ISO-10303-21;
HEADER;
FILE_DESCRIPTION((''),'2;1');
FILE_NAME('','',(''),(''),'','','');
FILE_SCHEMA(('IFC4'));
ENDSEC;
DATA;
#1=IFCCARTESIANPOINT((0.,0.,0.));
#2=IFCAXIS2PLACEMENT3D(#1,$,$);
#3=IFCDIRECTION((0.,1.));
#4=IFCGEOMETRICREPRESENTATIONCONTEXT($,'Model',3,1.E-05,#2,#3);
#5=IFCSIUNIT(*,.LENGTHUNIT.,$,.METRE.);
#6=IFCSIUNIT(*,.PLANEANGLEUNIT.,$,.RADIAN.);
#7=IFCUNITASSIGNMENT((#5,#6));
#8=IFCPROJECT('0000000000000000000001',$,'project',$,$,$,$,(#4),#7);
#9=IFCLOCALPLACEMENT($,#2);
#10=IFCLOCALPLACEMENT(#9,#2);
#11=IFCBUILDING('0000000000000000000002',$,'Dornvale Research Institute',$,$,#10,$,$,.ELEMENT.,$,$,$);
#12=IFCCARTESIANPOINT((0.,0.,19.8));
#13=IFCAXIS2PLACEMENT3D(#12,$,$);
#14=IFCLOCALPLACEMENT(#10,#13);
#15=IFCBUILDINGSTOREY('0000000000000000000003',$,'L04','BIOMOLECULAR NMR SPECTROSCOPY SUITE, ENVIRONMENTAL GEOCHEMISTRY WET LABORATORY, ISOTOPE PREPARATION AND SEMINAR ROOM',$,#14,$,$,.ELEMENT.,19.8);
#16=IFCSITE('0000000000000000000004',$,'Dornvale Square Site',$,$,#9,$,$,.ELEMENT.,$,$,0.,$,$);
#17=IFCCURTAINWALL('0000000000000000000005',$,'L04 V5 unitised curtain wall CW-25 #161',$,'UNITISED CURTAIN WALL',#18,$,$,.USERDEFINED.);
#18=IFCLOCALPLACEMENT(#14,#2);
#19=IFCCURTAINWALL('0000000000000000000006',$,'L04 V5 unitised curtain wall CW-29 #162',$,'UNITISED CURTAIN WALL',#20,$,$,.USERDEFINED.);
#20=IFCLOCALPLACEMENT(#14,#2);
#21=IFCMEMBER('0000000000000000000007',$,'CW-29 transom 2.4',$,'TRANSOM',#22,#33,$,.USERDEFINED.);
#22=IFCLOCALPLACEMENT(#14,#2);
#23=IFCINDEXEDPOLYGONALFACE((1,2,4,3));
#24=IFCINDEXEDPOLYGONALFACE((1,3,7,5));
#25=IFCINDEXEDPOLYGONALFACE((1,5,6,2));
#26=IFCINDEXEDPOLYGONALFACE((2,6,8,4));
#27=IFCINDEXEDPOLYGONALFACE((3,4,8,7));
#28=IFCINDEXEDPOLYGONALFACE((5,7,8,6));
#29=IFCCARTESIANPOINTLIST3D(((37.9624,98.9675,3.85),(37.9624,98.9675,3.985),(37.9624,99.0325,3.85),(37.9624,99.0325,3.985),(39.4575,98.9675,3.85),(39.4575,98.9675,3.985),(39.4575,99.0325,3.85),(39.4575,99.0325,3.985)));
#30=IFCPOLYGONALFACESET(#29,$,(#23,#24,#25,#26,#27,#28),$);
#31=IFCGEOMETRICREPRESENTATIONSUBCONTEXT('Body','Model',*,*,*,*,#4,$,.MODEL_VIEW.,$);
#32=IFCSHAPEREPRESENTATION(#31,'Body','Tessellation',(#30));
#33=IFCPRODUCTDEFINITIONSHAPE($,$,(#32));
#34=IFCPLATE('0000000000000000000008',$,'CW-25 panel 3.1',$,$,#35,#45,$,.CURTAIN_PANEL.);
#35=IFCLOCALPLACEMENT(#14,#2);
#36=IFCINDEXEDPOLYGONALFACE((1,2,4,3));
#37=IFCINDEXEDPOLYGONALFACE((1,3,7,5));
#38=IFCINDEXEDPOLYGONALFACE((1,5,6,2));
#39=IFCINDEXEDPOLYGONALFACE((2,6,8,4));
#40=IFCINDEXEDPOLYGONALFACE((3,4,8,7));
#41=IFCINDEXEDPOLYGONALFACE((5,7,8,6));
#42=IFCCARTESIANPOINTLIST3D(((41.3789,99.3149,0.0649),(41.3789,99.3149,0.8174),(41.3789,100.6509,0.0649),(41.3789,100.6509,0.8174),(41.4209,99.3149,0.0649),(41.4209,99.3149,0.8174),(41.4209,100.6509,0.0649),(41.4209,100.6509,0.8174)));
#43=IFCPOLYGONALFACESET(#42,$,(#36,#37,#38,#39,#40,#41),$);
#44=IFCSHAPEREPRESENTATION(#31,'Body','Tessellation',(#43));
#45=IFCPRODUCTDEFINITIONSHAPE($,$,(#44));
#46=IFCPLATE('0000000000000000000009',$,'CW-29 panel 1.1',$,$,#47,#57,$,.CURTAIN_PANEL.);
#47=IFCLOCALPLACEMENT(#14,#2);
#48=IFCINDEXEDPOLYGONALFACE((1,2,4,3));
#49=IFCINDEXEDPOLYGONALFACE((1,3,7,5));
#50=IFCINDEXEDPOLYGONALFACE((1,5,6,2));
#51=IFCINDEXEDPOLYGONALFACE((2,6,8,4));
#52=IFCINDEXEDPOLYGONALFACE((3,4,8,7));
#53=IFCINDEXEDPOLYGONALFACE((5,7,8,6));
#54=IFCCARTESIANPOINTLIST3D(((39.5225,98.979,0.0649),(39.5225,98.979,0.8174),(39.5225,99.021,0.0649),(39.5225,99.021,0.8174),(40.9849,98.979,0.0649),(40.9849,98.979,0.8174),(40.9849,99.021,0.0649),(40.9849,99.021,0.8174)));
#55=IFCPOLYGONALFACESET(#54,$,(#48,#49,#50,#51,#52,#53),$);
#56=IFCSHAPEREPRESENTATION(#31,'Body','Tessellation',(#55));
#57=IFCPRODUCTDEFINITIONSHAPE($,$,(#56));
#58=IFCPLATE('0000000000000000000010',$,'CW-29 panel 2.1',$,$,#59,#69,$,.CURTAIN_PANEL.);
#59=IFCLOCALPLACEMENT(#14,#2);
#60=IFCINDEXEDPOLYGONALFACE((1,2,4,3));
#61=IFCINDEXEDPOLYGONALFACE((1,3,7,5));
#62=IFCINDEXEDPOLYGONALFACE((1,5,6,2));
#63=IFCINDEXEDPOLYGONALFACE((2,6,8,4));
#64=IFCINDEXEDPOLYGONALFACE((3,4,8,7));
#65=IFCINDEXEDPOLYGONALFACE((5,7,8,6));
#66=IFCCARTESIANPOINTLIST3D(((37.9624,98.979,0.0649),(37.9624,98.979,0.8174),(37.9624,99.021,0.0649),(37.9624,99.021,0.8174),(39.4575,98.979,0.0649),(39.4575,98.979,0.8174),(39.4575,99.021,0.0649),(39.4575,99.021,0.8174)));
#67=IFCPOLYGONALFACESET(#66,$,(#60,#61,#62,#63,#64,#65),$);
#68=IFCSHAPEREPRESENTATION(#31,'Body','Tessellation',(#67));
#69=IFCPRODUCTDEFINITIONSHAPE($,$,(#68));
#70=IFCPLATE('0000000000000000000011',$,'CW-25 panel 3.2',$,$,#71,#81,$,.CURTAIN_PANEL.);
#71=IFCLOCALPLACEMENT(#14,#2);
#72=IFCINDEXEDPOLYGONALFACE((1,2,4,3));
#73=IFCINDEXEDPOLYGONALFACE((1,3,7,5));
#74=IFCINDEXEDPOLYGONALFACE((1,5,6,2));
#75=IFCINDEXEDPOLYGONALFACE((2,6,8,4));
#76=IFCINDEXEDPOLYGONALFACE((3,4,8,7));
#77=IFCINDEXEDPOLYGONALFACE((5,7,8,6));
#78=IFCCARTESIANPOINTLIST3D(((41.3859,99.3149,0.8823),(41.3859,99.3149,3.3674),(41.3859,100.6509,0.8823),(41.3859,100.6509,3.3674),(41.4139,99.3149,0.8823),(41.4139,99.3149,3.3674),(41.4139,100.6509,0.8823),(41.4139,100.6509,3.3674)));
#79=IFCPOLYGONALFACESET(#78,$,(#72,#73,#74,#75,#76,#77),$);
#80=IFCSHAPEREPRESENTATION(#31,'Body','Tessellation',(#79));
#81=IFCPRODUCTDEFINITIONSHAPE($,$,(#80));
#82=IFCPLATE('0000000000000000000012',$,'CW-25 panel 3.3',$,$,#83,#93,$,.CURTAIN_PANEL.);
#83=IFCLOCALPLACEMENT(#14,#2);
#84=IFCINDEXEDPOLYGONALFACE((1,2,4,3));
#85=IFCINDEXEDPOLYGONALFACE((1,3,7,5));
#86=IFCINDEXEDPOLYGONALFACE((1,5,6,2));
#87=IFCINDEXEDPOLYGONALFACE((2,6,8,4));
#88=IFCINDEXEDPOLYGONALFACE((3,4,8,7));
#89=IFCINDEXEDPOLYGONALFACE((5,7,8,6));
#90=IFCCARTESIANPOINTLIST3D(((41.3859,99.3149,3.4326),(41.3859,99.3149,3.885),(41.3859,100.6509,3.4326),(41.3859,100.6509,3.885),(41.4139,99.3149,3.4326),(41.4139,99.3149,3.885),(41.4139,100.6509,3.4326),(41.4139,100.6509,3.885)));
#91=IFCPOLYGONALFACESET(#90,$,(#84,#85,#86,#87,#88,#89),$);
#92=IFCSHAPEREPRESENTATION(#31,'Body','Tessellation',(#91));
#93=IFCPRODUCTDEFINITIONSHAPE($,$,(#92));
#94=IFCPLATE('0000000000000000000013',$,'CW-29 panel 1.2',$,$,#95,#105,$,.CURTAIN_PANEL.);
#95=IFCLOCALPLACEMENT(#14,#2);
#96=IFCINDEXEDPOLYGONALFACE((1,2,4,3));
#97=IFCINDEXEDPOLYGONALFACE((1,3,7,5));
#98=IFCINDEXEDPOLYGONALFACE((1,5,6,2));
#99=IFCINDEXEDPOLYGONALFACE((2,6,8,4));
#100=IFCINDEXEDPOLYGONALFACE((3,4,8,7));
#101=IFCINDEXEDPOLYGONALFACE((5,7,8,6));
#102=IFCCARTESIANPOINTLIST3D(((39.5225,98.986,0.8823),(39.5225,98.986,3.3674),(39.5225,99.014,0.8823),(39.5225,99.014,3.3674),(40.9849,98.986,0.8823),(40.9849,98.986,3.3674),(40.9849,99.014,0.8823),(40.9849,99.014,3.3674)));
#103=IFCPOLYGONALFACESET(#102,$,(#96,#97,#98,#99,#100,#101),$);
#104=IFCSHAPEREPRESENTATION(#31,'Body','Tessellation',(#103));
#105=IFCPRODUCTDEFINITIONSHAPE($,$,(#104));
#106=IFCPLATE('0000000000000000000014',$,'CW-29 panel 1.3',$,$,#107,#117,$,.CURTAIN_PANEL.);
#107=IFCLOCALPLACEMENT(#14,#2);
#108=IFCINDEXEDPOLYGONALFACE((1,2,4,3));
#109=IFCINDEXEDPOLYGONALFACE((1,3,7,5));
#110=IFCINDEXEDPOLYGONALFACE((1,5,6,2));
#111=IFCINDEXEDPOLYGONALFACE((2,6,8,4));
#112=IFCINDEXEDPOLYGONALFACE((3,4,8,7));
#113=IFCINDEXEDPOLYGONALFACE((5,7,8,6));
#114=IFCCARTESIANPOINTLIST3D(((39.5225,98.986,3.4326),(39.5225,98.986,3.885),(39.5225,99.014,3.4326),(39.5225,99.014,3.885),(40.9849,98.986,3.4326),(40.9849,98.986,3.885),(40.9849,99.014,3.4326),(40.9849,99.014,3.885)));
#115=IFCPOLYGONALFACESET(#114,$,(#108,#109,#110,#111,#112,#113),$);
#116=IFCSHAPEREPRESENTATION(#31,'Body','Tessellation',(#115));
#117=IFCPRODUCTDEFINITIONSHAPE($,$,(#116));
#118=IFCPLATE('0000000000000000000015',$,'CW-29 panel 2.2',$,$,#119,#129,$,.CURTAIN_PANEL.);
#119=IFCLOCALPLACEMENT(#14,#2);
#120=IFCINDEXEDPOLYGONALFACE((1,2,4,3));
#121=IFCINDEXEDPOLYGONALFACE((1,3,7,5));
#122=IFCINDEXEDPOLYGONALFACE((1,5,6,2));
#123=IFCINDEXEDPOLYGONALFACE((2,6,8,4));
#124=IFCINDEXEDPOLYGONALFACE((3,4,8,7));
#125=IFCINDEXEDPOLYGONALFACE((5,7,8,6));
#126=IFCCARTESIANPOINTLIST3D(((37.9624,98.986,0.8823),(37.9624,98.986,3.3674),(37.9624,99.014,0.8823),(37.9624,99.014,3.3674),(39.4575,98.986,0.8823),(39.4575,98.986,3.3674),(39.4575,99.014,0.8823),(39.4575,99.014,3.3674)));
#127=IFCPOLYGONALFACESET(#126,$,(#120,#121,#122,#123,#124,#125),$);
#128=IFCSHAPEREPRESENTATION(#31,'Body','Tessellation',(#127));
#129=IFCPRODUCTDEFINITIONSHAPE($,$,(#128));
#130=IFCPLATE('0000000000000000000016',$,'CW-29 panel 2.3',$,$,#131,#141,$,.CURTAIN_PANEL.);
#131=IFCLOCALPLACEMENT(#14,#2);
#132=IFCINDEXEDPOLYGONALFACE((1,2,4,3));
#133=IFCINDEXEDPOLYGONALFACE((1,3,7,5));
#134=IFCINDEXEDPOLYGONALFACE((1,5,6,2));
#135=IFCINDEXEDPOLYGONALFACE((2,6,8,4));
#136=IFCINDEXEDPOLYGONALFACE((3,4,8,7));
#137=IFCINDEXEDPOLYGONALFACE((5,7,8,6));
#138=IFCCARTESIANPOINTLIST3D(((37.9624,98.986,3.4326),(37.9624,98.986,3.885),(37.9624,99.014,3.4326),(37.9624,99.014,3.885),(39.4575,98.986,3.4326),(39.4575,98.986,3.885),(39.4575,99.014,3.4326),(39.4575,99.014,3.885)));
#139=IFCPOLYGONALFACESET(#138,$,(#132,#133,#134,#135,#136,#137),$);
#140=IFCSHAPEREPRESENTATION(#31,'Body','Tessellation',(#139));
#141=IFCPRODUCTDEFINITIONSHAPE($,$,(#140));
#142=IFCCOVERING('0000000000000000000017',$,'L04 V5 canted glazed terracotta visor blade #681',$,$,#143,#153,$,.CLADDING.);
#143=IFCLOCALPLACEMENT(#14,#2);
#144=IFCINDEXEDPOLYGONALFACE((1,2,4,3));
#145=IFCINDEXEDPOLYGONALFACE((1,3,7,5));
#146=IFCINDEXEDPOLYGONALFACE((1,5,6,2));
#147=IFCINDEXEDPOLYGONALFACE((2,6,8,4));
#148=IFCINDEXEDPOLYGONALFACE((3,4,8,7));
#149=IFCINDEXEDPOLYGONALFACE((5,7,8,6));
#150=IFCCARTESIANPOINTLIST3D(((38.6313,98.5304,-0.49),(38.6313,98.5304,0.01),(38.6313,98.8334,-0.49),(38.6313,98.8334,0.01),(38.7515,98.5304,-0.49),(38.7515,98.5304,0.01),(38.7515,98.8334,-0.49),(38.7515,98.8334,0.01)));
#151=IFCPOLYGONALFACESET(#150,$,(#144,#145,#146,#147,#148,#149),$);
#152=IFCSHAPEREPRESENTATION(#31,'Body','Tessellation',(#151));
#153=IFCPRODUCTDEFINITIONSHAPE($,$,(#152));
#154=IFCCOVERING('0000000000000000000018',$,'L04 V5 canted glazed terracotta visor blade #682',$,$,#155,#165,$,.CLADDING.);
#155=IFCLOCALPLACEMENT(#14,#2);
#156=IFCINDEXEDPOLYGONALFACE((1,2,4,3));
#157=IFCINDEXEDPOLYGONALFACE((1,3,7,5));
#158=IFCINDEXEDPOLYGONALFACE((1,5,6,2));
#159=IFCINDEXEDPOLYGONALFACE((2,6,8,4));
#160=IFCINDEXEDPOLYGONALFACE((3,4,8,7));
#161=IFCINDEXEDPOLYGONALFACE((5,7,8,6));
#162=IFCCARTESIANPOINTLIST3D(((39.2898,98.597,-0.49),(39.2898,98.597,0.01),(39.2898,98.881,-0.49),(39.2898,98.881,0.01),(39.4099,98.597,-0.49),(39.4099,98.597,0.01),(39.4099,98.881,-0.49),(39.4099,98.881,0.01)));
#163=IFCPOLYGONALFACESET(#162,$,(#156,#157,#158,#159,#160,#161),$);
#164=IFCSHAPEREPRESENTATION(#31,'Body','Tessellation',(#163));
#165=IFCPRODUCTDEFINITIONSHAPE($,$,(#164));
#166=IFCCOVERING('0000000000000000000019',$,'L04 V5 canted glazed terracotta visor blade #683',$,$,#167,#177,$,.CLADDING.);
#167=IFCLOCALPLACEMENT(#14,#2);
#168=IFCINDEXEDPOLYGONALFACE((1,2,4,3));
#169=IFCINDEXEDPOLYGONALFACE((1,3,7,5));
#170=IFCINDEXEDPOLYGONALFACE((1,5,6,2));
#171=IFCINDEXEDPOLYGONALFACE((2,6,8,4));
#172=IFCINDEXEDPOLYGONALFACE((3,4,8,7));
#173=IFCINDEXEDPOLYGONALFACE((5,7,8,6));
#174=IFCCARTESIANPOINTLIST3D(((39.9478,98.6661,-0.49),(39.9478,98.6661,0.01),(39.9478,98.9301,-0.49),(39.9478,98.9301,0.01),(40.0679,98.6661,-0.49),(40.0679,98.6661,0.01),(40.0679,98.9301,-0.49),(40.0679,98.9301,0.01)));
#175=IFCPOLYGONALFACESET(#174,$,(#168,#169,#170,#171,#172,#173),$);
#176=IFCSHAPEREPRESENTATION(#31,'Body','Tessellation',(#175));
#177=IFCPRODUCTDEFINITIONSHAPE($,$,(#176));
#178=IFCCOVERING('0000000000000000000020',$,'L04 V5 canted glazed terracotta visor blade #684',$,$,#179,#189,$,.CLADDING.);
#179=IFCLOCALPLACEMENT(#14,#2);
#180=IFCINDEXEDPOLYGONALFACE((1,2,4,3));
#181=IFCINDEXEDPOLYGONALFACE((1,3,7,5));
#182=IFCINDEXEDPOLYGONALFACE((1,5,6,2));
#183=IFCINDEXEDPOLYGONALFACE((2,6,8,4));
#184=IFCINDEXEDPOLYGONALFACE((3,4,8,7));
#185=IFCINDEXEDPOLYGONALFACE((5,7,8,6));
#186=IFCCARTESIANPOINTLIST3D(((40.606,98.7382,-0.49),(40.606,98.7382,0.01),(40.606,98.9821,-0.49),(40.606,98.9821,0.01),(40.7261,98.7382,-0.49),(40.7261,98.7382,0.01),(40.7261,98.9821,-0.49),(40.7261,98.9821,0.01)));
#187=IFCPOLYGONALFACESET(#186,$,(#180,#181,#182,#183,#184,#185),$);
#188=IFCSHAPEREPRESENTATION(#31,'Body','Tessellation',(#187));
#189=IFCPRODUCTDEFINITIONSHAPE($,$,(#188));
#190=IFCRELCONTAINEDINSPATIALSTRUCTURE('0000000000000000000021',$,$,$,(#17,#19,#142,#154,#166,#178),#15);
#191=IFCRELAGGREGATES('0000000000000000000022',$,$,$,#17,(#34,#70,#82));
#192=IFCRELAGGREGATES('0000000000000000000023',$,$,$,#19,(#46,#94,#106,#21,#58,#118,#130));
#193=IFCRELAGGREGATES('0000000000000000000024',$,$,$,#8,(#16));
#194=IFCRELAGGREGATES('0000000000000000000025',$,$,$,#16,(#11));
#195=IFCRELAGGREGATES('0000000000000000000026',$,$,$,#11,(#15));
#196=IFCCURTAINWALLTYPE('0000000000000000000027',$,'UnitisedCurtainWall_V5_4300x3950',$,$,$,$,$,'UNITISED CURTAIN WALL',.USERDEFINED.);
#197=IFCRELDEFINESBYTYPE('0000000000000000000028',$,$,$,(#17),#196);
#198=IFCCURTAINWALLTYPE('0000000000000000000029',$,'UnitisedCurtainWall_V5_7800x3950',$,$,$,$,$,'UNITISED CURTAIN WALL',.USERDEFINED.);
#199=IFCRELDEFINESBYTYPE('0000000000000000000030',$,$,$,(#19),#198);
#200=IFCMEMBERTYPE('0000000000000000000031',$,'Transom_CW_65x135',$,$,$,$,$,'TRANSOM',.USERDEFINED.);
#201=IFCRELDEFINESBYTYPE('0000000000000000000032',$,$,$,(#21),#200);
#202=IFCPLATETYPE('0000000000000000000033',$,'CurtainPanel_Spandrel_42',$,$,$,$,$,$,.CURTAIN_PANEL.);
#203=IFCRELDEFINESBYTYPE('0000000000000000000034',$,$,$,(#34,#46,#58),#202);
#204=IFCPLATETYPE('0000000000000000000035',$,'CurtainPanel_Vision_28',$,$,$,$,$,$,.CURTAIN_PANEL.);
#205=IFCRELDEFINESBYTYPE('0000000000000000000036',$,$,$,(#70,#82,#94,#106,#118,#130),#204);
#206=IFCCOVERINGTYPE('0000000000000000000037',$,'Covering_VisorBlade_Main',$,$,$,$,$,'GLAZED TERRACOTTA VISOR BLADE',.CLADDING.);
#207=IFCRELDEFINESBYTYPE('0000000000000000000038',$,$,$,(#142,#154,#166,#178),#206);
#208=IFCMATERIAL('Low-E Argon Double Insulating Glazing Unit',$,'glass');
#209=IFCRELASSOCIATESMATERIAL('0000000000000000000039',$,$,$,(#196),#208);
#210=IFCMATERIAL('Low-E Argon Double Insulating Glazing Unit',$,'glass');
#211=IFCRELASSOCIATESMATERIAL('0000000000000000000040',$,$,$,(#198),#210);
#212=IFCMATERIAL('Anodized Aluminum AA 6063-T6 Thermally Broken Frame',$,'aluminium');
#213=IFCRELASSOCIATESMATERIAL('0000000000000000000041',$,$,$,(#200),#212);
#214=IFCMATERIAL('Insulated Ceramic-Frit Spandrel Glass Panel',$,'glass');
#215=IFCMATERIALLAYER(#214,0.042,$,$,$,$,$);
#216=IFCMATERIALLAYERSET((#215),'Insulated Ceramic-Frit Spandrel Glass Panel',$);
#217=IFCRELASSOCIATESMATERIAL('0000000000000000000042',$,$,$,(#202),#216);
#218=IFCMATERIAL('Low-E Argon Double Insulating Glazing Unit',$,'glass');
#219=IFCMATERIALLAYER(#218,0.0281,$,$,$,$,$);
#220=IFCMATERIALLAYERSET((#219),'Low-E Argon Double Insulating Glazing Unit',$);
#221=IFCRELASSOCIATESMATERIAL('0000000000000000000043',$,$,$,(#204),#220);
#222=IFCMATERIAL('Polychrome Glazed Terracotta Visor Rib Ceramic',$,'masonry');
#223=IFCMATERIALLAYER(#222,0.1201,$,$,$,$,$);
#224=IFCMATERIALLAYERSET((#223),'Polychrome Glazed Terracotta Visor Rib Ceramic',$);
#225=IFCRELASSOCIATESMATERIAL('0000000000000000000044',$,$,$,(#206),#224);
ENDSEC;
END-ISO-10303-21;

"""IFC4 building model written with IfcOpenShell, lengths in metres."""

from ifc_helpers import new_model, si_unit, direction, frame, origin, origin_2d, place, context, subcontext, project, spatial, rectangle, extrude, material, layer, layer_set, material_profile, profile_set, type_object, element, aggregate, save


model = new_model("IFC4")

# Units and contexts
model_context = context("Model", 3, precision=1e-05, world=origin(), true_north=direction((0.0, 1.0)))
body_context = subcontext(model_context, "Body", "Model", "MODEL_VIEW")
ifc_project = project(units=[si_unit("LENGTHUNIT", "METRE"), si_unit("PLANEANGLEUNIT", "RADIAN")], contexts=[model_context])

# Site, building, storey
site_placement = place(None, origin())
site = spatial("IfcSite", under=ifc_project, at=site_placement, Name="Dornvale Square Site", CompositionType="ELEMENT", RefElevation=0.0)
building_placement = place(site_placement, origin())
building = spatial("IfcBuilding", under=site, at=building_placement, Name="Dornvale Research Institute", CompositionType="ELEMENT")
storey_placement = place(building_placement, frame((0.0, 0.0, 19.8)))
storey = spatial("IfcBuildingStorey", under=building, at=storey_placement, Name="L04", Description="BIOMOLECULAR NMR SPECTROSCOPY SUITE, ENVIRONMENTAL GEOCHEMISTRY WET LABORATORY, ISOTOPE PREPARATION AND SEMINAR ROOM", CompositionType="ELEMENT", Elevation=19.8)

# Curtain wall
ifc_material_1 = material(Name="Low-E Argon Double Insulating Glazing Unit", Category="glass")
curtain_wall_type_1 = type_object("IfcCurtainWallType", Name="UnitisedCurtainWall_V5_4300x3950", ElementType="UNITISED CURTAIN WALL", PredefinedType="USERDEFINED", material=ifc_material_1)
curtain_wall_1_placement = place(storey_placement, origin())
curtain_wall_1 = element("IfcCurtainWall", 1, at=curtain_wall_1_placement, inside=storey, type_object=curtain_wall_type_1, Name="L04 V5 unitised curtain wall CW-25 #161", ObjectType="UNITISED CURTAIN WALL", PredefinedType="USERDEFINED")

# Curtain wall
ifc_material_2 = material(Name="Low-E Argon Double Insulating Glazing Unit", Category="glass")
curtain_wall_type_2 = type_object("IfcCurtainWallType", Name="UnitisedCurtainWall_V5_7800x3950", ElementType="UNITISED CURTAIN WALL", PredefinedType="USERDEFINED", material=ifc_material_2)
curtain_wall_2_placement = place(storey_placement, origin())
curtain_wall_2 = element("IfcCurtainWall", 2, at=curtain_wall_2_placement, inside=storey, type_object=curtain_wall_type_2, Name="L04 V5 unitised curtain wall CW-29 #162", ObjectType="UNITISED CURTAIN WALL", PredefinedType="USERDEFINED")

# Member
ifc_material_3 = material(Name="Anodized Aluminum AA 6063-T6 Thermally Broken Frame", Category="aluminium")
ifc_material_profile_1 = material_profile(ifc_material_3, rectangle(XDim=0.0649, YDim=0.135, at=origin_2d()), Name="ALU TRANSOM 65x135")
ifc_profile_set_1 = profile_set([ifc_material_profile_1], Name="Anodized Aluminum AA 6063-T6 Thermally Broken Frame")
member_type_1 = type_object("IfcMemberType", Name="Transom_CW_65x135", ElementType="TRANSOM", PredefinedType="USERDEFINED", material=ifc_profile_set_1)
member_1_placement = place(storey_placement, frame((39.4575, 99.0, 3.9175), z_axis=(-1.0, 0.0, 0.0), x_axis=(0.0, -1.0, 0.0)))
member_1 = element("IfcMember", 3, at=member_1_placement, type_object=member_type_1, Name="CW-29 transom 2.4", ObjectType="TRANSOM", PredefinedType="USERDEFINED", context=body_context, shape_type="SweptSolid", body=[
    extrude(rectangle(XDim=0.0649, YDim=0.135, at=origin_2d()), origin(), (0.0, 0.0, 1.0), 1.4951),
])

# Plates
ifc_material_4 = material(Name="Insulated Ceramic-Frit Spandrel Glass Panel", Category="glass")
ifc_layer_1 = layer(ifc_material_4, 0.042)
ifc_layer_set_1 = layer_set([ifc_layer_1], Name="Insulated Ceramic-Frit Spandrel Glass Panel")
plate_type_1 = type_object("IfcPlateType", Name="CurtainPanel_Spandrel_42", PredefinedType="CURTAIN_PANEL", material=ifc_layer_set_1)
plate_1_placement = place(storey_placement, frame((41.3999, 99.9829, 0.0649), z_axis=(0.0, 0.0, 1.0), x_axis=(0.0, -1.0, 0.0)))
plate_1 = element("IfcPlate", 4, at=plate_1_placement, type_object=plate_type_1, Name="CW-25 panel 3.1", PredefinedType="CURTAIN_PANEL", context=body_context, shape_type="SweptSolid", body=[
    extrude(rectangle(XDim=1.3359, YDim=0.042, at=origin_2d()), origin(), (0.0, 0.0, 1.0), 0.7524),
])
plate_2_placement = place(storey_placement, frame((40.2537, 99.0, 0.0649), z_axis=(0.0, 0.0, 1.0), x_axis=(-1.0, 0.0, 0.0)))
plate_2 = element("IfcPlate", 5, at=plate_2_placement, type_object=plate_type_1, Name="CW-29 panel 1.1", PredefinedType="CURTAIN_PANEL", context=body_context, shape_type="SweptSolid", body=[
    extrude(rectangle(XDim=1.4624, YDim=0.042, at=origin_2d()), origin(), (0.0, 0.0, 1.0), 0.7524),
])
plate_3_placement = place(storey_placement, frame((38.71, 99.0, 0.0649), z_axis=(0.0, 0.0, 1.0), x_axis=(-1.0, 0.0, 0.0)))
plate_3 = element("IfcPlate", 6, at=plate_3_placement, type_object=plate_type_1, Name="CW-29 panel 2.1", PredefinedType="CURTAIN_PANEL", context=body_context, shape_type="SweptSolid", body=[
    extrude(rectangle(XDim=1.4951, YDim=0.042, at=origin_2d()), origin(), (0.0, 0.0, 1.0), 0.7524),
])
ifc_material_5 = material(Name="Low-E Argon Double Insulating Glazing Unit", Category="glass")
ifc_layer_2 = layer(ifc_material_5, 0.0281)
ifc_layer_set_2 = layer_set([ifc_layer_2], Name="Low-E Argon Double Insulating Glazing Unit")
plate_type_2 = type_object("IfcPlateType", Name="CurtainPanel_Vision_28", PredefinedType="CURTAIN_PANEL", material=ifc_layer_set_2)
plate_4_placement = place(storey_placement, frame((41.3999, 99.9829, 0.8823), z_axis=(0.0, 0.0, 1.0), x_axis=(0.0, -1.0, 0.0)))
plate_4 = element("IfcPlate", 7, at=plate_4_placement, type_object=plate_type_2, Name="CW-25 panel 3.2", PredefinedType="CURTAIN_PANEL", context=body_context, shape_type="SweptSolid", body=[
    extrude(rectangle(XDim=1.3359, YDim=0.0281, at=origin_2d()), origin(), (0.0, 0.0, 1.0), 2.4851),
])
plate_5_placement = place(storey_placement, frame((41.3999, 99.9829, 3.4326), z_axis=(0.0, 0.0, 1.0), x_axis=(0.0, -1.0, 0.0)))
plate_5 = element("IfcPlate", 8, at=plate_5_placement, type_object=plate_type_2, Name="CW-25 panel 3.3", PredefinedType="CURTAIN_PANEL", context=body_context, shape_type="SweptSolid", body=[
    extrude(rectangle(XDim=1.3359, YDim=0.0281, at=origin_2d()), origin(), (0.0, 0.0, 1.0), 0.4524),
])
aggregate(curtain_wall_1, [plate_1, plate_4, plate_5])
plate_6_placement = place(storey_placement, frame((40.2537, 99.0, 0.8823), z_axis=(0.0, 0.0, 1.0), x_axis=(-1.0, 0.0, 0.0)))
plate_6 = element("IfcPlate", 9, at=plate_6_placement, type_object=plate_type_2, Name="CW-29 panel 1.2", PredefinedType="CURTAIN_PANEL", context=body_context, shape_type="SweptSolid", body=[
    extrude(rectangle(XDim=1.4624, YDim=0.0281, at=origin_2d()), origin(), (0.0, 0.0, 1.0), 2.4851),
])
plate_7_placement = place(storey_placement, frame((40.2537, 99.0, 3.4326), z_axis=(0.0, 0.0, 1.0), x_axis=(-1.0, 0.0, 0.0)))
plate_7 = element("IfcPlate", 10, at=plate_7_placement, type_object=plate_type_2, Name="CW-29 panel 1.3", PredefinedType="CURTAIN_PANEL", context=body_context, shape_type="SweptSolid", body=[
    extrude(rectangle(XDim=1.4624, YDim=0.0281, at=origin_2d()), origin(), (0.0, 0.0, 1.0), 0.4524),
])
plate_8_placement = place(storey_placement, frame((38.71, 99.0, 0.8823), z_axis=(0.0, 0.0, 1.0), x_axis=(-1.0, 0.0, 0.0)))
plate_8 = element("IfcPlate", 11, at=plate_8_placement, type_object=plate_type_2, Name="CW-29 panel 2.2", PredefinedType="CURTAIN_PANEL", context=body_context, shape_type="SweptSolid", body=[
    extrude(rectangle(XDim=1.4951, YDim=0.0281, at=origin_2d()), origin(), (0.0, 0.0, 1.0), 2.4851),
])
plate_9_placement = place(storey_placement, frame((38.71, 99.0, 3.4326), z_axis=(0.0, 0.0, 1.0), x_axis=(-1.0, 0.0, 0.0)))
plate_9 = element("IfcPlate", 12, at=plate_9_placement, type_object=plate_type_2, Name="CW-29 panel 2.3", PredefinedType="CURTAIN_PANEL", context=body_context, shape_type="SweptSolid", body=[
    extrude(rectangle(XDim=1.4951, YDim=0.0281, at=origin_2d()), origin(), (0.0, 0.0, 1.0), 0.4524),
])
aggregate(curtain_wall_2, [plate_2, plate_6, plate_7, member_1, plate_3, plate_8, plate_9])

# Coverings
ifc_material_6 = material(Name="Polychrome Glazed Terracotta Visor Rib Ceramic", Category="masonry")
ifc_layer_3 = layer(ifc_material_6, 0.1201)
ifc_layer_set_3 = layer_set([ifc_layer_3], Name="Polychrome Glazed Terracotta Visor Rib Ceramic")
covering_type = type_object("IfcCoveringType", Name="Covering_VisorBlade_Main", ElementType="GLAZED TERRACOTTA VISOR BLADE", PredefinedType="CLADDING", material=ifc_layer_set_3)
covering_1_placement = place(storey_placement, frame((38.6914, 98.6819, -0.49), z_axis=(0.0, 0.0, 1.0), x_axis=(0.0, 1.0, 0.0)))
element("IfcCovering", 13, at=covering_1_placement, inside=storey, type_object=covering_type, Name="L04 V5 canted glazed terracotta visor blade #681", PredefinedType="CLADDING", context=body_context, shape_type="SweptSolid", body=[
    extrude(rectangle(XDim=0.303, YDim=0.1201, at=origin_2d()), origin(), (0.0, 0.0, 1.0), 0.5),
])
covering_2_placement = place(storey_placement, frame((39.3499, 98.739, -0.49), z_axis=(0.0, 0.0, 1.0), x_axis=(0.0, 1.0, 0.0)))
element("IfcCovering", 14, at=covering_2_placement, inside=storey, type_object=covering_type, Name="L04 V5 canted glazed terracotta visor blade #682", PredefinedType="CLADDING", context=body_context, shape_type="SweptSolid", body=[
    extrude(rectangle(XDim=0.2839, YDim=0.1201, at=origin_2d()), origin(), (0.0, 0.0, 1.0), 0.5),
])
covering_3_placement = place(storey_placement, frame((40.0078, 98.7981, -0.49), z_axis=(0.0, 0.0, 1.0), x_axis=(0.0, 1.0, 0.0)))
element("IfcCovering", 15, at=covering_3_placement, inside=storey, type_object=covering_type, Name="L04 V5 canted glazed terracotta visor blade #683", PredefinedType="CLADDING", context=body_context, shape_type="SweptSolid", body=[
    extrude(rectangle(XDim=0.2639, YDim=0.1201, at=origin_2d()), origin(), (0.0, 0.0, 1.0), 0.5),
])
covering_4_placement = place(storey_placement, frame((40.666, 98.8601, -0.49), z_axis=(0.0, 0.0, 1.0), x_axis=(0.0, 1.0, 0.0)))
element("IfcCovering", 16, at=covering_4_placement, inside=storey, type_object=covering_type, Name="L04 V5 canted glazed terracotta visor blade #684", PredefinedType="CLADDING", context=body_context, shape_type="SweptSolid", body=[
    extrude(rectangle(XDim=0.2439, YDim=0.1201, at=origin_2d()), origin(), (0.0, 0.0, 1.0), 0.5),
])

save(model, "model.ifc")
